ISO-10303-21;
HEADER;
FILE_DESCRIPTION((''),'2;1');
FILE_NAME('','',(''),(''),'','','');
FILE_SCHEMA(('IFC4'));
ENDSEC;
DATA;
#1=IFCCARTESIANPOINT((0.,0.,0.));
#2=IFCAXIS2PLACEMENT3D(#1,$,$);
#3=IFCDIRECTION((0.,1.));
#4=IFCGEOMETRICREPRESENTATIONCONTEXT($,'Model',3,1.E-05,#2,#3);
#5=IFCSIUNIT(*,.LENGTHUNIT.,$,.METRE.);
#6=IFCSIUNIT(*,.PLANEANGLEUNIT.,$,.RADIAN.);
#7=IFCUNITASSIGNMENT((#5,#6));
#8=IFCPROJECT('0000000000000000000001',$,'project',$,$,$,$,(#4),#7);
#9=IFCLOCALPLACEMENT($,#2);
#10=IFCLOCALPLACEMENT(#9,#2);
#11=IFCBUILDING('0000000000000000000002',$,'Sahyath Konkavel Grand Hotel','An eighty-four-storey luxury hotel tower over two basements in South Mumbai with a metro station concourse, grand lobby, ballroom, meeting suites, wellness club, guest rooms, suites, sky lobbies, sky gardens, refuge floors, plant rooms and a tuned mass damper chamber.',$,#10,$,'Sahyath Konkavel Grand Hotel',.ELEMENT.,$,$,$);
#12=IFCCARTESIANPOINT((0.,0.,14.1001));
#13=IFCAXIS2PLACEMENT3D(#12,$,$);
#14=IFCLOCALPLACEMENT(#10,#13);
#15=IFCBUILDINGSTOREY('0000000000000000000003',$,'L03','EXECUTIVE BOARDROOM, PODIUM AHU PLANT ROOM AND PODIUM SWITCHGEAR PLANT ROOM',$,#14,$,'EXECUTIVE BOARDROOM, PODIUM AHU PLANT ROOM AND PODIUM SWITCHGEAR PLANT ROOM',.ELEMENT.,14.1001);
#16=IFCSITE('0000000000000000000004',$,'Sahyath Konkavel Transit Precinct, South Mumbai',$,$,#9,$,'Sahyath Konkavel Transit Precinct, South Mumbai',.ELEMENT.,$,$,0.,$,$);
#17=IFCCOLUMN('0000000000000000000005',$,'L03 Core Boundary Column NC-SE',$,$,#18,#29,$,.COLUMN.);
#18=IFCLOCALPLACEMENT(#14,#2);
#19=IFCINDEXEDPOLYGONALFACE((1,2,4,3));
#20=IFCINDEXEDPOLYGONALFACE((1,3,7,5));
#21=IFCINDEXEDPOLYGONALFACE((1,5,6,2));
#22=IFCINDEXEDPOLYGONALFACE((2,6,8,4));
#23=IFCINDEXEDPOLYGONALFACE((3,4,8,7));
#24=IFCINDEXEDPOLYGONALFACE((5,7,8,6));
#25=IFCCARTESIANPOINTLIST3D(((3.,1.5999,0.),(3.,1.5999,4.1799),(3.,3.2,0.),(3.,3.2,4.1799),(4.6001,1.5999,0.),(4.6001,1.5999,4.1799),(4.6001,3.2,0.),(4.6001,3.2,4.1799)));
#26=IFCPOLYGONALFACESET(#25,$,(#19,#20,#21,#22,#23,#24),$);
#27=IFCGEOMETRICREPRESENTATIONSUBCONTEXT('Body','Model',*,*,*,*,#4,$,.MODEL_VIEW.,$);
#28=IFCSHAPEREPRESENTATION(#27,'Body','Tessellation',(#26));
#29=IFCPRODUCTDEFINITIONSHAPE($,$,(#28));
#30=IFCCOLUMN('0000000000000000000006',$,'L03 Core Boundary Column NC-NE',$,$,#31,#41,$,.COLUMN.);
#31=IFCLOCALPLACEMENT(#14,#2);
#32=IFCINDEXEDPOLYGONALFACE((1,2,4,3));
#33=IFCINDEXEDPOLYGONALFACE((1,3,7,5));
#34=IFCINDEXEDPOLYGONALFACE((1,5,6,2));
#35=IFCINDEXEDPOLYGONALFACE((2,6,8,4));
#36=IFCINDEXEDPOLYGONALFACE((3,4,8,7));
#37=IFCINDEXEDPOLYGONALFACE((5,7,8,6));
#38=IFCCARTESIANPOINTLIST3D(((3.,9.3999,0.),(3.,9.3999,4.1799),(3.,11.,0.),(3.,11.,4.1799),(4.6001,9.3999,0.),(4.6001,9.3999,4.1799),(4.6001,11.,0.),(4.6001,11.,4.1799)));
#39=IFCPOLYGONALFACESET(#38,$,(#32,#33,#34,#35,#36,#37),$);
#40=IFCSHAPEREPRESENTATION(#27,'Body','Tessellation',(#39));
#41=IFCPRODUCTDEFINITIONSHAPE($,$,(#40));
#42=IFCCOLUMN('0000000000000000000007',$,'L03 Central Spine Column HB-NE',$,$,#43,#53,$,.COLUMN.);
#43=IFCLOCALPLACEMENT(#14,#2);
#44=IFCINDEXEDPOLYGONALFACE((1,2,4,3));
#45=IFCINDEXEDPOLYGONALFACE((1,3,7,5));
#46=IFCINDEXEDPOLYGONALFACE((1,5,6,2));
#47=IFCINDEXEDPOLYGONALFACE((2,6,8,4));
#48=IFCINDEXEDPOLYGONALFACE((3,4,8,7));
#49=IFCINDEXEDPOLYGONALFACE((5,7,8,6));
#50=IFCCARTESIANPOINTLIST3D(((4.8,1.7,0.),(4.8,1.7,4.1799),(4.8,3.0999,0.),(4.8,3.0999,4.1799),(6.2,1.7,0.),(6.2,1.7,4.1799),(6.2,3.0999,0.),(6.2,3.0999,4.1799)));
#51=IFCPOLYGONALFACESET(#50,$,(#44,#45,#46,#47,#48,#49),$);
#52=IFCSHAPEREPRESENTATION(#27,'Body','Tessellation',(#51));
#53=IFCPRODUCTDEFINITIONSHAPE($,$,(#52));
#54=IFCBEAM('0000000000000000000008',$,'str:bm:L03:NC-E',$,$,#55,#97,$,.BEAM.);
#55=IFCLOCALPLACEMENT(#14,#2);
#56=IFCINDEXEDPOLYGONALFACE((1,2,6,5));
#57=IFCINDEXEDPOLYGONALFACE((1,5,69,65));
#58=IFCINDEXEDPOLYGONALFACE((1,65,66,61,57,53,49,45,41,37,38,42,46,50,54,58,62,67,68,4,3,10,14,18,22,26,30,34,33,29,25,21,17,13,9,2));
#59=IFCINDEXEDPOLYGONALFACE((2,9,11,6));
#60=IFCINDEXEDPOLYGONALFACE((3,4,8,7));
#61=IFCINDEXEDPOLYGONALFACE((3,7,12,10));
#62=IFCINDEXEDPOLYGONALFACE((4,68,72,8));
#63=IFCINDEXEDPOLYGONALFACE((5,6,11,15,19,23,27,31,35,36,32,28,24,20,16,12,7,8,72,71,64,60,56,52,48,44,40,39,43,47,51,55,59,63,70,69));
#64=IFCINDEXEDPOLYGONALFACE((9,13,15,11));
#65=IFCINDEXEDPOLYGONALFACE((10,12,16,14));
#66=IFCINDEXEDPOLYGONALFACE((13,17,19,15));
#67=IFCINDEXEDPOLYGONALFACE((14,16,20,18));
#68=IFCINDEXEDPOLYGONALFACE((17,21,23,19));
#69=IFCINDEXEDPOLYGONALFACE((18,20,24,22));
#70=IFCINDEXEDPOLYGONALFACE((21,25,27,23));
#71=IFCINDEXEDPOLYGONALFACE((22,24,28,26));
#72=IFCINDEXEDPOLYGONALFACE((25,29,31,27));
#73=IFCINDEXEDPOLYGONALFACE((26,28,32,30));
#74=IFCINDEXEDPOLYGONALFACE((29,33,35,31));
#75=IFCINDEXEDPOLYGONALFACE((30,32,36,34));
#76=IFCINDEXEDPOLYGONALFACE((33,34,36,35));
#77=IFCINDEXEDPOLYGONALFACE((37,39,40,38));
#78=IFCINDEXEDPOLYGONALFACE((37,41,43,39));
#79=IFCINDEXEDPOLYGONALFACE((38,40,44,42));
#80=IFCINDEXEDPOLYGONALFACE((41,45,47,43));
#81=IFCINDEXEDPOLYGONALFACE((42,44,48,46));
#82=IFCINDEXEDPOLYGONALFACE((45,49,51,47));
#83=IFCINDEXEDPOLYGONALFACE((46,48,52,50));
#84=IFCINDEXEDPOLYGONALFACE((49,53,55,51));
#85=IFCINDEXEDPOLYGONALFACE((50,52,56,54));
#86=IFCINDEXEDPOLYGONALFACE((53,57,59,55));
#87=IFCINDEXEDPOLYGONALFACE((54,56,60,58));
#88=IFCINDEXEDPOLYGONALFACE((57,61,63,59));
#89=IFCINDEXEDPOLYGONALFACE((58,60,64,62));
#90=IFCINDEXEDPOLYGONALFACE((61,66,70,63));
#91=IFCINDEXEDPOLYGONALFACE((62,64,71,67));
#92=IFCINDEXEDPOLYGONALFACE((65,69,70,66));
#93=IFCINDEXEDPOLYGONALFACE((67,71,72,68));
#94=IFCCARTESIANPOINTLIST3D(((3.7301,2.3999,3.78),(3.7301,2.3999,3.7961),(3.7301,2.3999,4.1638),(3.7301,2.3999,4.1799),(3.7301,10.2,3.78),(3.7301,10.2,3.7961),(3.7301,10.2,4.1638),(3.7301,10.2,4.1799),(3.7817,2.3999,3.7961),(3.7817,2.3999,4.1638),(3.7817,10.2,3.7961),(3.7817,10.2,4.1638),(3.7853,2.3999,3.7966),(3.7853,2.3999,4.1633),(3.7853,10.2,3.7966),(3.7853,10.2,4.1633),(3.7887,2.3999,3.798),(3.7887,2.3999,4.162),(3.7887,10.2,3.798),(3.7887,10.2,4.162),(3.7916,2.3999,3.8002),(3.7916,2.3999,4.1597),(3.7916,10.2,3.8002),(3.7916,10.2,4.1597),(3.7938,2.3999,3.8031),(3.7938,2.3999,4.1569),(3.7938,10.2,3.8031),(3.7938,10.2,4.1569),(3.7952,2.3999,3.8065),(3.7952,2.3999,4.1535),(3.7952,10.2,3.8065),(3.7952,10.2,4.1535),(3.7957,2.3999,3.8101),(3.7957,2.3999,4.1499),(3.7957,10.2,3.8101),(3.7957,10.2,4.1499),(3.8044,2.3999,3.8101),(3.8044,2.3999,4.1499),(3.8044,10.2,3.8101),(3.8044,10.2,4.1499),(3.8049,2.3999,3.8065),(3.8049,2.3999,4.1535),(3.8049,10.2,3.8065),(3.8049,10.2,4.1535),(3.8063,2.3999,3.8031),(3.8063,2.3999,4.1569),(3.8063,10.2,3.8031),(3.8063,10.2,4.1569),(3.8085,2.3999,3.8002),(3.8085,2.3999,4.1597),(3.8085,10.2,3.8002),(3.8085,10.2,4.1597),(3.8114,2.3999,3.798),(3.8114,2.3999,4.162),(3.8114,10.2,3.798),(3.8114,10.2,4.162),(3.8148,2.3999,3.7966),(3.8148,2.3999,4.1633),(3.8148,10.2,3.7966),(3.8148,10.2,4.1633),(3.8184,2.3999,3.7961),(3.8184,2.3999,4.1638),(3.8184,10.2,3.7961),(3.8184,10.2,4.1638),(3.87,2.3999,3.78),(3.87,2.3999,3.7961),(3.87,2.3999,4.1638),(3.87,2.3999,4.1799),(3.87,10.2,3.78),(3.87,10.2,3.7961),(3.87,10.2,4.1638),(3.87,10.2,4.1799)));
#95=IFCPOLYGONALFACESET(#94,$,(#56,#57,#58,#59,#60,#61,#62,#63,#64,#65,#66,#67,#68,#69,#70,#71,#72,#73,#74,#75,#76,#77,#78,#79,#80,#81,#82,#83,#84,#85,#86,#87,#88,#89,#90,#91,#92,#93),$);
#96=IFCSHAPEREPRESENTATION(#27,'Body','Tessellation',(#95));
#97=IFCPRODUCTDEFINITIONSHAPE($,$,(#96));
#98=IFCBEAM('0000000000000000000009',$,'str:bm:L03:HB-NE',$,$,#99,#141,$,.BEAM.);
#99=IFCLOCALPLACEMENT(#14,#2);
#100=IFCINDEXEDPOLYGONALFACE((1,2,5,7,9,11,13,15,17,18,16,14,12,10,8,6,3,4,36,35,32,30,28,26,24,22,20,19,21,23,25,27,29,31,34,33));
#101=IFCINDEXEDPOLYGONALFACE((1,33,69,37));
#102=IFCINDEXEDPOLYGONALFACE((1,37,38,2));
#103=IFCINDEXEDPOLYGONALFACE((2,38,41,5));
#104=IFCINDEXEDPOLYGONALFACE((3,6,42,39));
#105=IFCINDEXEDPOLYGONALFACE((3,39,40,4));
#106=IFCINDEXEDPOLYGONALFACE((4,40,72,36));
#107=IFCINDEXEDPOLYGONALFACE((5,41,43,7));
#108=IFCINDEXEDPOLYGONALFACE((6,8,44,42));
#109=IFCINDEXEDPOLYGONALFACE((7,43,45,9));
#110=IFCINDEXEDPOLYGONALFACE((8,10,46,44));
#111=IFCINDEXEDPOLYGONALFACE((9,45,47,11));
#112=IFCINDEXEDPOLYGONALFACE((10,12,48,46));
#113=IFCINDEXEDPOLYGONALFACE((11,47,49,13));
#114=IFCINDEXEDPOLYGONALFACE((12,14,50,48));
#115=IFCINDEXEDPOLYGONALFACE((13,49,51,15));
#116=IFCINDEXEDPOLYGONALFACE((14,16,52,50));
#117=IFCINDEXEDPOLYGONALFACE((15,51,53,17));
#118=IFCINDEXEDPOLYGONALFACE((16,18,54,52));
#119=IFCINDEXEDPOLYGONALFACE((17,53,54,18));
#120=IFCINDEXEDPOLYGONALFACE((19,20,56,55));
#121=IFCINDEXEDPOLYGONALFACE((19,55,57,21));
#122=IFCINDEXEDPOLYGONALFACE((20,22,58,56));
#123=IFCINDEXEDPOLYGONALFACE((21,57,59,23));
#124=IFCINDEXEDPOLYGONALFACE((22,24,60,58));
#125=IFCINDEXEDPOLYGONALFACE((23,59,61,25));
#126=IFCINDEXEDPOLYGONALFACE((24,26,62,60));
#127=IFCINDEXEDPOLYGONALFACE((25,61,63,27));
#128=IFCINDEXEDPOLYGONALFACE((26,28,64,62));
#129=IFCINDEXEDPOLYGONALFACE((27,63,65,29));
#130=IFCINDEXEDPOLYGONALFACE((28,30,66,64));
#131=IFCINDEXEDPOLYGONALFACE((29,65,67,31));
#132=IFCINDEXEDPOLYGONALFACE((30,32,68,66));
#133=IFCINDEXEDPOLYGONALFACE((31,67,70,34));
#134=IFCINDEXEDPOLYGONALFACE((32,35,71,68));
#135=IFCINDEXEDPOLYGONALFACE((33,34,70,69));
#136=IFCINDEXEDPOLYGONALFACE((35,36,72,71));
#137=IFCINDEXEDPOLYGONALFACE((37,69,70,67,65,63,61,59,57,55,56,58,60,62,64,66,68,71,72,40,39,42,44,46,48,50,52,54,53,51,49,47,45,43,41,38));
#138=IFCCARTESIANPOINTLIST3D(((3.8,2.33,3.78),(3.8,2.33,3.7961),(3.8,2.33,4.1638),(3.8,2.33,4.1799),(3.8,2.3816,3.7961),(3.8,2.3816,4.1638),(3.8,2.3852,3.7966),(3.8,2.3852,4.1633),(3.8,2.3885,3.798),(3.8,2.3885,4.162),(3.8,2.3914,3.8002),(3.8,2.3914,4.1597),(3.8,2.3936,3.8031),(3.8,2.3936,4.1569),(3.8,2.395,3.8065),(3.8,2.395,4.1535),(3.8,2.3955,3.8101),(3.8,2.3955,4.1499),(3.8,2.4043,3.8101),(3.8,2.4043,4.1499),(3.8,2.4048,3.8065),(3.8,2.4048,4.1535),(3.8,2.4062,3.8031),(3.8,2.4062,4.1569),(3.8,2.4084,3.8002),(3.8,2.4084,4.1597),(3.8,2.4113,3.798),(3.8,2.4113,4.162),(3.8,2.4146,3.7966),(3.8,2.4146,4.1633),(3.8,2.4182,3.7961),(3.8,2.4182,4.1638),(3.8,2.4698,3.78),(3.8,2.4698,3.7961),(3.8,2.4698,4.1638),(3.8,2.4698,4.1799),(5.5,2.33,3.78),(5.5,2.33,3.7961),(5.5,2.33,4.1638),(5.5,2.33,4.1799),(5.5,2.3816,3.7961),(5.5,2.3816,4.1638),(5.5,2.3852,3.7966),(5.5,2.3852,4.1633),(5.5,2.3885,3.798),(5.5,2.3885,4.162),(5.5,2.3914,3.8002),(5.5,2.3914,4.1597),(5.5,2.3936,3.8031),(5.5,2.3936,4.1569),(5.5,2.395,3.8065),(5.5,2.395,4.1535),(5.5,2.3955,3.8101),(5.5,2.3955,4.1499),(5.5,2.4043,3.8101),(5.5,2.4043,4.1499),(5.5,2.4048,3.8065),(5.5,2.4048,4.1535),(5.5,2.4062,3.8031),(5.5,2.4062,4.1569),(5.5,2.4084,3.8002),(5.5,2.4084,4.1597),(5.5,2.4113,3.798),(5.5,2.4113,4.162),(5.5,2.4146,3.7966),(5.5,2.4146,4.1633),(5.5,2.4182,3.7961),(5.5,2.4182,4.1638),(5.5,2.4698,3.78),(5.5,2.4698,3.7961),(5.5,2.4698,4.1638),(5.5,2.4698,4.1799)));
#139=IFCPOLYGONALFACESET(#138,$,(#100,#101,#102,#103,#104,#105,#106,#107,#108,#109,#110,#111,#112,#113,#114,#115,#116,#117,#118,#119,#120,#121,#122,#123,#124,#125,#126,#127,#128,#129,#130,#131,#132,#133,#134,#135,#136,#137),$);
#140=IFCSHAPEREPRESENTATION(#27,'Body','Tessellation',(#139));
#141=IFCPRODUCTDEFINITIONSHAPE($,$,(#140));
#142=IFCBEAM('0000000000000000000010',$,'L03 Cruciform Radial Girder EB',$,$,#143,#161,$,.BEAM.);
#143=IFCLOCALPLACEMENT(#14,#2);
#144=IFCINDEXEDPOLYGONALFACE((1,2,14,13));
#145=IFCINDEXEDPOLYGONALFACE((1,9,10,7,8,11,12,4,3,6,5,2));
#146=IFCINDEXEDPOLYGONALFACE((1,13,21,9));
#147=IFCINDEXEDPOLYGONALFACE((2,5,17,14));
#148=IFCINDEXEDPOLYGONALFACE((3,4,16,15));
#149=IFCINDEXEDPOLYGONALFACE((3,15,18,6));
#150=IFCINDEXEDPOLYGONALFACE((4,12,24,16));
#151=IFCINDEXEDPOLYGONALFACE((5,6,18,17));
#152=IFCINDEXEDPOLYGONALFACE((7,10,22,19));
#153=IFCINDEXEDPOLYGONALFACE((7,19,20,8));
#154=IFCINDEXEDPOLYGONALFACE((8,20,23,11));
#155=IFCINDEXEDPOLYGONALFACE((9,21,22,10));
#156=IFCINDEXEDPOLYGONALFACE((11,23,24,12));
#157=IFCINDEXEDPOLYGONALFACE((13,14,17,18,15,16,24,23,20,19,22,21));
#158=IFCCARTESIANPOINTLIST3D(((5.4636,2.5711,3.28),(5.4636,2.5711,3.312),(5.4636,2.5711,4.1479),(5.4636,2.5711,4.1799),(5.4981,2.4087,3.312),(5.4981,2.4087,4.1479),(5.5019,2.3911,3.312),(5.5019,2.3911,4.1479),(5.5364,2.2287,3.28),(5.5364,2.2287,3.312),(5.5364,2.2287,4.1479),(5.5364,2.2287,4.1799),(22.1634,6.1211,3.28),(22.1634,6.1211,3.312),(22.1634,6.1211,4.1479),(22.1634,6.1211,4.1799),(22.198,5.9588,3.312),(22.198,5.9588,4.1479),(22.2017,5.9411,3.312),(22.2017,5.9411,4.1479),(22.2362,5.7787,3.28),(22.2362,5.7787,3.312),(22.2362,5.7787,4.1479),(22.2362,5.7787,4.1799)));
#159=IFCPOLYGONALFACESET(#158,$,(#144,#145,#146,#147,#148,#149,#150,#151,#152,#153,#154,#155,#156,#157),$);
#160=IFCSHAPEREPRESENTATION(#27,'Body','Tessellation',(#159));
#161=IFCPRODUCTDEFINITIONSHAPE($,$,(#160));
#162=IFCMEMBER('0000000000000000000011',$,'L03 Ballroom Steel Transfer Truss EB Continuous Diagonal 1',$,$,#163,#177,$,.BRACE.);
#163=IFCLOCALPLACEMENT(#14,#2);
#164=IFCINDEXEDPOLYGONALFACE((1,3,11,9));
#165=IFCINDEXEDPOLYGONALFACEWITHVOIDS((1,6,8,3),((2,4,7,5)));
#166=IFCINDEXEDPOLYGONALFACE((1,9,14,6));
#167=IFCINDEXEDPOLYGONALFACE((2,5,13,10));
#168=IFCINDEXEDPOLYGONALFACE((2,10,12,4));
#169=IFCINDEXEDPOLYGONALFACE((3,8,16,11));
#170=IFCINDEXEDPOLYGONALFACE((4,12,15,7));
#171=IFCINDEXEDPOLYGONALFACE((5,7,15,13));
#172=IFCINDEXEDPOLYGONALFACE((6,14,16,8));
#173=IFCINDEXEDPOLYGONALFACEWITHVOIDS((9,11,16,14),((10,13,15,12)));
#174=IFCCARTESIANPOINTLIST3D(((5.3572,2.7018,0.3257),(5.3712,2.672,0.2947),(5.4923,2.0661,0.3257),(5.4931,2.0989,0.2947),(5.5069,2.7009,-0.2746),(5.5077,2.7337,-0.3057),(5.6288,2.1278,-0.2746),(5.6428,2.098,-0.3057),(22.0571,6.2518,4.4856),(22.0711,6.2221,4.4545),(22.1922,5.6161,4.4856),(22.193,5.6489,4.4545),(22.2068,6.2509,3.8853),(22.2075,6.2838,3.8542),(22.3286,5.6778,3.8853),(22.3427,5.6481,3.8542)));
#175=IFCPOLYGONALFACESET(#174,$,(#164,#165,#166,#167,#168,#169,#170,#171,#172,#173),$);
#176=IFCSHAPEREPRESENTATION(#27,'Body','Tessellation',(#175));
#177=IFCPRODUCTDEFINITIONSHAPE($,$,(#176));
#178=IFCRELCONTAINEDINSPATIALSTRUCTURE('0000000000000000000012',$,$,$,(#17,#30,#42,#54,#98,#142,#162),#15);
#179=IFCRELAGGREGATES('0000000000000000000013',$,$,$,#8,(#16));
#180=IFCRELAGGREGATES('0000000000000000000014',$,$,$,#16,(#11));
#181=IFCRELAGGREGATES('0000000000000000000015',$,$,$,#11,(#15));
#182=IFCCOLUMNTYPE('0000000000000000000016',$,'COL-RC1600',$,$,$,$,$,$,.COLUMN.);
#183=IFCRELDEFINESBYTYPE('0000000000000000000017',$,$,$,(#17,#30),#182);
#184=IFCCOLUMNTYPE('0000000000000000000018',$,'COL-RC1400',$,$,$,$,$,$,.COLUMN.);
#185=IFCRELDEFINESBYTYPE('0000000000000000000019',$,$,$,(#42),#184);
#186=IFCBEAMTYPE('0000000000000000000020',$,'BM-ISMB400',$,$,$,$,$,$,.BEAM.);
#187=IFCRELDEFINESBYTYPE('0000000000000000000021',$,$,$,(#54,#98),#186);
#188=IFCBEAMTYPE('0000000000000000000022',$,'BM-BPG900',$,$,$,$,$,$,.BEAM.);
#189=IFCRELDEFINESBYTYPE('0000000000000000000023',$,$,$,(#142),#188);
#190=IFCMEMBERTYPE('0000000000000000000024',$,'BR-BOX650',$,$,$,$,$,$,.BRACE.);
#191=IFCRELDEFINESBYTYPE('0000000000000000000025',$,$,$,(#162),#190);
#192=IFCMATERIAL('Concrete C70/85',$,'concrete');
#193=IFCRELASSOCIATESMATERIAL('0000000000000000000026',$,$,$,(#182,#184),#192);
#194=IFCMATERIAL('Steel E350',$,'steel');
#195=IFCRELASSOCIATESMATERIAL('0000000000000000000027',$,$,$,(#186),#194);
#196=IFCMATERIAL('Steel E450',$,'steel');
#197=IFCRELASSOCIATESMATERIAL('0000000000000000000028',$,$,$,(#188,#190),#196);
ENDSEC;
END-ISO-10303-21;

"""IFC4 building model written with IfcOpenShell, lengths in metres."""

from ifc_helpers import new_model, si_unit, direction, frame, origin, origin_2d, place, context, subcontext, project, spatial, rectangle, hollow_rectangle, i_section, extrude, source, transform, mapped, material, material_profile, profile_set, type_object, element, save


model = new_model("IFC4")

# Units and contexts
model_context = context("Model", 3, precision=1e-05, world=origin(), true_north=direction((0.0, 1.0)))
body_context = subcontext(model_context, "Body", "Model", "MODEL_VIEW")
ifc_project = project(units=[si_unit("LENGTHUNIT", "METRE"), si_unit("PLANEANGLEUNIT", "RADIAN")], contexts=[model_context])

# Site, building, storey
site_placement = place(None, origin())
site = spatial("IfcSite", under=ifc_project, at=site_placement, Name="Sahyath Konkavel Transit Precinct, South Mumbai", LongName="Sahyath Konkavel Transit Precinct, South Mumbai", CompositionType="ELEMENT", RefElevation=0.0)
building_placement = place(site_placement, origin())
building = spatial("IfcBuilding", under=site, at=building_placement, Name="Sahyath Konkavel Grand Hotel", Description="An eighty-four-storey luxury hotel tower over two basements in South Mumbai with a metro station concourse, grand lobby, ballroom, meeting suites, wellness club, guest rooms, suites, sky lobbies, sky gardens, refuge floors, plant rooms and a tuned mass damper chamber.", LongName="Sahyath Konkavel Grand Hotel", CompositionType="ELEMENT")
storey_placement = place(building_placement, frame((0.0, 0.0, 14.1001)))
storey = spatial("IfcBuildingStorey", under=building, at=storey_placement, Name="L03", Description="EXECUTIVE BOARDROOM, PODIUM AHU PLANT ROOM AND PODIUM SWITCHGEAR PLANT ROOM", LongName="EXECUTIVE BOARDROOM, PODIUM AHU PLANT ROOM AND PODIUM SWITCHGEAR PLANT ROOM", CompositionType="ELEMENT", Elevation=14.1001)

# Columns
ifc_material_1 = material(Name="Concrete C70/85", Category="concrete")
ifc_material_profile_1 = material_profile(ifc_material_1, rectangle(XDim=1.6001, YDim=1.6001, at=origin_2d()), Name="RC 1600x1600")
ifc_profile_set_1 = profile_set([ifc_material_profile_1], Name="Concrete C70/85")
column_type_1 = type_object("IfcColumnType", Name="COL-RC1600", PredefinedType="COLUMN", material=ifc_profile_set_1)
shared_shape_1 = source(origin(), body_context, "Body", "SweptSolid", [
    extrude(rectangle(XDim=1.6001, YDim=1.6001, at=origin_2d()), origin(), (0.0, 0.0, 1.0), 4.1799),
])
for number, where, z_axis, x_axis, name in (
    (1, (3.8, 2.3999, 0.0), (0.0, 0.0, 1.0), (1.0, 0.0, 0.0), "L03 Core Boundary Column NC-SE"),
    (2, (3.8, 10.2, 0.0), (0.0, 0.0, 1.0), (1.0, 0.0, 0.0), "L03 Core Boundary Column NC-NE"),
):
    element("IfcColumn", number, at=place(storey_placement, frame(where, z_axis=z_axis, x_axis=x_axis)), inside=storey, type_object=column_type_1, Name=name, PredefinedType="COLUMN", context=body_context, shape_type="MappedRepresentation", body=[
        mapped(shared_shape_1, transform((0.0, 0.0, 0.0), scale=1.0)),
    ])
ifc_material_profile_2 = material_profile(ifc_material_1, rectangle(XDim=1.3999, YDim=1.3999, at=origin_2d()), Name="RC 1400x1400")
ifc_profile_set_2 = profile_set([ifc_material_profile_2], Name="Concrete C70/85")
column_type_2 = type_object("IfcColumnType", Name="COL-RC1400", PredefinedType="COLUMN", material=ifc_profile_set_2)
shared_shape_2 = source(origin(), body_context, "Body", "SweptSolid", [
    extrude(rectangle(XDim=1.3999, YDim=1.3999, at=origin_2d()), origin(), (0.0, 0.0, 1.0), 4.1799),
])
column_placement = place(storey_placement, frame((5.5, 2.3999, 0.0), z_axis=(0.0, 0.0, 1.0), x_axis=(1.0, 0.0, 0.0)))
element("IfcColumn", 3, at=column_placement, inside=storey, type_object=column_type_2, Name="L03 Central Spine Column HB-NE", PredefinedType="COLUMN", context=body_context, shape_type="MappedRepresentation", body=[
    mapped(shared_shape_2, transform((0.0, 0.0, 0.0), scale=1.0)),
])

# Beams
ifc_material_2 = material(Name="Steel E350", Category="steel")
ifc_material_profile_3 = material_profile(ifc_material_2, i_section(OverallWidth=0.1399, OverallDepth=0.3999, WebThickness=0.0088, FlangeThickness=0.0161, FilletRadius=0.0139, at=origin_2d()), Name="ISMB 400")
ifc_profile_set_3 = profile_set([ifc_material_profile_3], Name="Steel E350")
beam_type_1 = type_object("IfcBeamType", Name="BM-ISMB400", PredefinedType="BEAM", material=ifc_profile_set_3)
shared_shape_3 = source(origin(), body_context, "Body", "SweptSolid", [
    extrude(i_section(OverallWidth=0.1399, OverallDepth=0.3999, WebThickness=0.0088, FlangeThickness=0.0161, FilletRadius=0.0139, at=origin_2d()), origin(), (0.0, 0.0, 1.0), 7.8),
])
beam_1_placement = place(storey_placement, frame((3.8, 2.3999, 3.98), z_axis=(0.0, 1.0, 0.0), x_axis=(-1.0, 0.0, 0.0)))
element("IfcBeam", 4, at=beam_1_placement, inside=storey, type_object=beam_type_1, Name="str:bm:L03:NC-E", PredefinedType="BEAM", context=body_context, shape_type="MappedRepresentation", body=[
    mapped(shared_shape_3, transform((0.0, 0.0, 0.0), scale=1.0)),
])
shared_shape_4 = source(origin(), body_context, "Body", "SweptSolid", [
    extrude(i_section(OverallWidth=0.1399, OverallDepth=0.3999, WebThickness=0.0088, FlangeThickness=0.0161, FilletRadius=0.0139, at=origin_2d()), origin(), (0.0, 0.0, 1.0), 1.7),
])
beam_2_placement = place(storey_placement, frame((3.8, 2.3999, 3.98), z_axis=(1.0, 0.0, 0.0), x_axis=(0.0, 1.0, 0.0)))
element("IfcBeam", 5, at=beam_2_placement, inside=storey, type_object=beam_type_1, Name="str:bm:L03:HB-NE", PredefinedType="BEAM", context=body_context, shape_type="MappedRepresentation", body=[
    mapped(shared_shape_4, transform((0.0, 0.0, 0.0), scale=1.0)),
])
ifc_material_3 = material(Name="Steel E450", Category="steel")
ifc_material_profile_4 = material_profile(ifc_material_3, i_section(OverallWidth=0.3501, OverallDepth=0.8999, WebThickness=0.0181, FlangeThickness=0.032, at=origin_2d()), Name="BPG 900x350")
ifc_profile_set_4 = profile_set([ifc_material_profile_4], Name="Steel E450")
beam_type_2 = type_object("IfcBeamType", Name="BM-BPG900", PredefinedType="BEAM", material=ifc_profile_set_4)
shared_shape_5 = source(origin(), body_context, "Body", "SweptSolid", [
    extrude(i_section(OverallWidth=0.3501, OverallDepth=0.8999, WebThickness=0.0181, FlangeThickness=0.032, at=origin_2d()), origin(), (0.0, 0.0, 1.0), 17.073),
])
beam_3_placement = place(storey_placement, frame((5.5, 2.3999, 3.73), z_axis=(0.978143, 0.207932, 0.0), x_axis=(-0.207932, 0.978143, 0.0)))
element("IfcBeam", 6, at=beam_3_placement, inside=storey, type_object=beam_type_2, Name="L03 Cruciform Radial Girder EB", PredefinedType="BEAM", context=body_context, shape_type="MappedRepresentation", body=[
    mapped(shared_shape_5, transform((0.0, 0.0, 0.0), scale=1.0)),
])

# Member
ifc_material_profile_5 = material_profile(ifc_material_3, hollow_rectangle(XDim=0.6499, YDim=0.6499, WallThickness=0.032, at=origin_2d()), Name="BOX 650x650x32")
ifc_profile_set_5 = profile_set([ifc_material_profile_5], Name="Steel E450")
member_type = type_object("IfcMemberType", Name="BR-BOX650", PredefinedType="BRACE", material=ifc_profile_set_5)
shared_shape_6 = source(origin(), body_context, "Body", "SweptSolid", [
    extrude(hollow_rectangle(XDim=0.6499, YDim=0.6499, WallThickness=0.032, at=origin_2d()), origin(), (0.0, 0.0, 1.0), 17.5725),
])
member_placement = place(storey_placement, frame((5.5, 2.3999, 0.01), z_axis=(0.950341, 0.202022, 0.236727), x_axis=(-0.207932, 0.978143, 0.0)))
element("IfcMember", 7, at=member_placement, inside=storey, type_object=member_type, Name="L03 Ballroom Steel Transfer Truss EB Continuous Diagonal 1", PredefinedType="BRACE", context=body_context, shape_type="MappedRepresentation", body=[
    mapped(shared_shape_6, transform((0.0, 0.0, 0.0), scale=1.0)),
])

save(model, "model.ifc")
